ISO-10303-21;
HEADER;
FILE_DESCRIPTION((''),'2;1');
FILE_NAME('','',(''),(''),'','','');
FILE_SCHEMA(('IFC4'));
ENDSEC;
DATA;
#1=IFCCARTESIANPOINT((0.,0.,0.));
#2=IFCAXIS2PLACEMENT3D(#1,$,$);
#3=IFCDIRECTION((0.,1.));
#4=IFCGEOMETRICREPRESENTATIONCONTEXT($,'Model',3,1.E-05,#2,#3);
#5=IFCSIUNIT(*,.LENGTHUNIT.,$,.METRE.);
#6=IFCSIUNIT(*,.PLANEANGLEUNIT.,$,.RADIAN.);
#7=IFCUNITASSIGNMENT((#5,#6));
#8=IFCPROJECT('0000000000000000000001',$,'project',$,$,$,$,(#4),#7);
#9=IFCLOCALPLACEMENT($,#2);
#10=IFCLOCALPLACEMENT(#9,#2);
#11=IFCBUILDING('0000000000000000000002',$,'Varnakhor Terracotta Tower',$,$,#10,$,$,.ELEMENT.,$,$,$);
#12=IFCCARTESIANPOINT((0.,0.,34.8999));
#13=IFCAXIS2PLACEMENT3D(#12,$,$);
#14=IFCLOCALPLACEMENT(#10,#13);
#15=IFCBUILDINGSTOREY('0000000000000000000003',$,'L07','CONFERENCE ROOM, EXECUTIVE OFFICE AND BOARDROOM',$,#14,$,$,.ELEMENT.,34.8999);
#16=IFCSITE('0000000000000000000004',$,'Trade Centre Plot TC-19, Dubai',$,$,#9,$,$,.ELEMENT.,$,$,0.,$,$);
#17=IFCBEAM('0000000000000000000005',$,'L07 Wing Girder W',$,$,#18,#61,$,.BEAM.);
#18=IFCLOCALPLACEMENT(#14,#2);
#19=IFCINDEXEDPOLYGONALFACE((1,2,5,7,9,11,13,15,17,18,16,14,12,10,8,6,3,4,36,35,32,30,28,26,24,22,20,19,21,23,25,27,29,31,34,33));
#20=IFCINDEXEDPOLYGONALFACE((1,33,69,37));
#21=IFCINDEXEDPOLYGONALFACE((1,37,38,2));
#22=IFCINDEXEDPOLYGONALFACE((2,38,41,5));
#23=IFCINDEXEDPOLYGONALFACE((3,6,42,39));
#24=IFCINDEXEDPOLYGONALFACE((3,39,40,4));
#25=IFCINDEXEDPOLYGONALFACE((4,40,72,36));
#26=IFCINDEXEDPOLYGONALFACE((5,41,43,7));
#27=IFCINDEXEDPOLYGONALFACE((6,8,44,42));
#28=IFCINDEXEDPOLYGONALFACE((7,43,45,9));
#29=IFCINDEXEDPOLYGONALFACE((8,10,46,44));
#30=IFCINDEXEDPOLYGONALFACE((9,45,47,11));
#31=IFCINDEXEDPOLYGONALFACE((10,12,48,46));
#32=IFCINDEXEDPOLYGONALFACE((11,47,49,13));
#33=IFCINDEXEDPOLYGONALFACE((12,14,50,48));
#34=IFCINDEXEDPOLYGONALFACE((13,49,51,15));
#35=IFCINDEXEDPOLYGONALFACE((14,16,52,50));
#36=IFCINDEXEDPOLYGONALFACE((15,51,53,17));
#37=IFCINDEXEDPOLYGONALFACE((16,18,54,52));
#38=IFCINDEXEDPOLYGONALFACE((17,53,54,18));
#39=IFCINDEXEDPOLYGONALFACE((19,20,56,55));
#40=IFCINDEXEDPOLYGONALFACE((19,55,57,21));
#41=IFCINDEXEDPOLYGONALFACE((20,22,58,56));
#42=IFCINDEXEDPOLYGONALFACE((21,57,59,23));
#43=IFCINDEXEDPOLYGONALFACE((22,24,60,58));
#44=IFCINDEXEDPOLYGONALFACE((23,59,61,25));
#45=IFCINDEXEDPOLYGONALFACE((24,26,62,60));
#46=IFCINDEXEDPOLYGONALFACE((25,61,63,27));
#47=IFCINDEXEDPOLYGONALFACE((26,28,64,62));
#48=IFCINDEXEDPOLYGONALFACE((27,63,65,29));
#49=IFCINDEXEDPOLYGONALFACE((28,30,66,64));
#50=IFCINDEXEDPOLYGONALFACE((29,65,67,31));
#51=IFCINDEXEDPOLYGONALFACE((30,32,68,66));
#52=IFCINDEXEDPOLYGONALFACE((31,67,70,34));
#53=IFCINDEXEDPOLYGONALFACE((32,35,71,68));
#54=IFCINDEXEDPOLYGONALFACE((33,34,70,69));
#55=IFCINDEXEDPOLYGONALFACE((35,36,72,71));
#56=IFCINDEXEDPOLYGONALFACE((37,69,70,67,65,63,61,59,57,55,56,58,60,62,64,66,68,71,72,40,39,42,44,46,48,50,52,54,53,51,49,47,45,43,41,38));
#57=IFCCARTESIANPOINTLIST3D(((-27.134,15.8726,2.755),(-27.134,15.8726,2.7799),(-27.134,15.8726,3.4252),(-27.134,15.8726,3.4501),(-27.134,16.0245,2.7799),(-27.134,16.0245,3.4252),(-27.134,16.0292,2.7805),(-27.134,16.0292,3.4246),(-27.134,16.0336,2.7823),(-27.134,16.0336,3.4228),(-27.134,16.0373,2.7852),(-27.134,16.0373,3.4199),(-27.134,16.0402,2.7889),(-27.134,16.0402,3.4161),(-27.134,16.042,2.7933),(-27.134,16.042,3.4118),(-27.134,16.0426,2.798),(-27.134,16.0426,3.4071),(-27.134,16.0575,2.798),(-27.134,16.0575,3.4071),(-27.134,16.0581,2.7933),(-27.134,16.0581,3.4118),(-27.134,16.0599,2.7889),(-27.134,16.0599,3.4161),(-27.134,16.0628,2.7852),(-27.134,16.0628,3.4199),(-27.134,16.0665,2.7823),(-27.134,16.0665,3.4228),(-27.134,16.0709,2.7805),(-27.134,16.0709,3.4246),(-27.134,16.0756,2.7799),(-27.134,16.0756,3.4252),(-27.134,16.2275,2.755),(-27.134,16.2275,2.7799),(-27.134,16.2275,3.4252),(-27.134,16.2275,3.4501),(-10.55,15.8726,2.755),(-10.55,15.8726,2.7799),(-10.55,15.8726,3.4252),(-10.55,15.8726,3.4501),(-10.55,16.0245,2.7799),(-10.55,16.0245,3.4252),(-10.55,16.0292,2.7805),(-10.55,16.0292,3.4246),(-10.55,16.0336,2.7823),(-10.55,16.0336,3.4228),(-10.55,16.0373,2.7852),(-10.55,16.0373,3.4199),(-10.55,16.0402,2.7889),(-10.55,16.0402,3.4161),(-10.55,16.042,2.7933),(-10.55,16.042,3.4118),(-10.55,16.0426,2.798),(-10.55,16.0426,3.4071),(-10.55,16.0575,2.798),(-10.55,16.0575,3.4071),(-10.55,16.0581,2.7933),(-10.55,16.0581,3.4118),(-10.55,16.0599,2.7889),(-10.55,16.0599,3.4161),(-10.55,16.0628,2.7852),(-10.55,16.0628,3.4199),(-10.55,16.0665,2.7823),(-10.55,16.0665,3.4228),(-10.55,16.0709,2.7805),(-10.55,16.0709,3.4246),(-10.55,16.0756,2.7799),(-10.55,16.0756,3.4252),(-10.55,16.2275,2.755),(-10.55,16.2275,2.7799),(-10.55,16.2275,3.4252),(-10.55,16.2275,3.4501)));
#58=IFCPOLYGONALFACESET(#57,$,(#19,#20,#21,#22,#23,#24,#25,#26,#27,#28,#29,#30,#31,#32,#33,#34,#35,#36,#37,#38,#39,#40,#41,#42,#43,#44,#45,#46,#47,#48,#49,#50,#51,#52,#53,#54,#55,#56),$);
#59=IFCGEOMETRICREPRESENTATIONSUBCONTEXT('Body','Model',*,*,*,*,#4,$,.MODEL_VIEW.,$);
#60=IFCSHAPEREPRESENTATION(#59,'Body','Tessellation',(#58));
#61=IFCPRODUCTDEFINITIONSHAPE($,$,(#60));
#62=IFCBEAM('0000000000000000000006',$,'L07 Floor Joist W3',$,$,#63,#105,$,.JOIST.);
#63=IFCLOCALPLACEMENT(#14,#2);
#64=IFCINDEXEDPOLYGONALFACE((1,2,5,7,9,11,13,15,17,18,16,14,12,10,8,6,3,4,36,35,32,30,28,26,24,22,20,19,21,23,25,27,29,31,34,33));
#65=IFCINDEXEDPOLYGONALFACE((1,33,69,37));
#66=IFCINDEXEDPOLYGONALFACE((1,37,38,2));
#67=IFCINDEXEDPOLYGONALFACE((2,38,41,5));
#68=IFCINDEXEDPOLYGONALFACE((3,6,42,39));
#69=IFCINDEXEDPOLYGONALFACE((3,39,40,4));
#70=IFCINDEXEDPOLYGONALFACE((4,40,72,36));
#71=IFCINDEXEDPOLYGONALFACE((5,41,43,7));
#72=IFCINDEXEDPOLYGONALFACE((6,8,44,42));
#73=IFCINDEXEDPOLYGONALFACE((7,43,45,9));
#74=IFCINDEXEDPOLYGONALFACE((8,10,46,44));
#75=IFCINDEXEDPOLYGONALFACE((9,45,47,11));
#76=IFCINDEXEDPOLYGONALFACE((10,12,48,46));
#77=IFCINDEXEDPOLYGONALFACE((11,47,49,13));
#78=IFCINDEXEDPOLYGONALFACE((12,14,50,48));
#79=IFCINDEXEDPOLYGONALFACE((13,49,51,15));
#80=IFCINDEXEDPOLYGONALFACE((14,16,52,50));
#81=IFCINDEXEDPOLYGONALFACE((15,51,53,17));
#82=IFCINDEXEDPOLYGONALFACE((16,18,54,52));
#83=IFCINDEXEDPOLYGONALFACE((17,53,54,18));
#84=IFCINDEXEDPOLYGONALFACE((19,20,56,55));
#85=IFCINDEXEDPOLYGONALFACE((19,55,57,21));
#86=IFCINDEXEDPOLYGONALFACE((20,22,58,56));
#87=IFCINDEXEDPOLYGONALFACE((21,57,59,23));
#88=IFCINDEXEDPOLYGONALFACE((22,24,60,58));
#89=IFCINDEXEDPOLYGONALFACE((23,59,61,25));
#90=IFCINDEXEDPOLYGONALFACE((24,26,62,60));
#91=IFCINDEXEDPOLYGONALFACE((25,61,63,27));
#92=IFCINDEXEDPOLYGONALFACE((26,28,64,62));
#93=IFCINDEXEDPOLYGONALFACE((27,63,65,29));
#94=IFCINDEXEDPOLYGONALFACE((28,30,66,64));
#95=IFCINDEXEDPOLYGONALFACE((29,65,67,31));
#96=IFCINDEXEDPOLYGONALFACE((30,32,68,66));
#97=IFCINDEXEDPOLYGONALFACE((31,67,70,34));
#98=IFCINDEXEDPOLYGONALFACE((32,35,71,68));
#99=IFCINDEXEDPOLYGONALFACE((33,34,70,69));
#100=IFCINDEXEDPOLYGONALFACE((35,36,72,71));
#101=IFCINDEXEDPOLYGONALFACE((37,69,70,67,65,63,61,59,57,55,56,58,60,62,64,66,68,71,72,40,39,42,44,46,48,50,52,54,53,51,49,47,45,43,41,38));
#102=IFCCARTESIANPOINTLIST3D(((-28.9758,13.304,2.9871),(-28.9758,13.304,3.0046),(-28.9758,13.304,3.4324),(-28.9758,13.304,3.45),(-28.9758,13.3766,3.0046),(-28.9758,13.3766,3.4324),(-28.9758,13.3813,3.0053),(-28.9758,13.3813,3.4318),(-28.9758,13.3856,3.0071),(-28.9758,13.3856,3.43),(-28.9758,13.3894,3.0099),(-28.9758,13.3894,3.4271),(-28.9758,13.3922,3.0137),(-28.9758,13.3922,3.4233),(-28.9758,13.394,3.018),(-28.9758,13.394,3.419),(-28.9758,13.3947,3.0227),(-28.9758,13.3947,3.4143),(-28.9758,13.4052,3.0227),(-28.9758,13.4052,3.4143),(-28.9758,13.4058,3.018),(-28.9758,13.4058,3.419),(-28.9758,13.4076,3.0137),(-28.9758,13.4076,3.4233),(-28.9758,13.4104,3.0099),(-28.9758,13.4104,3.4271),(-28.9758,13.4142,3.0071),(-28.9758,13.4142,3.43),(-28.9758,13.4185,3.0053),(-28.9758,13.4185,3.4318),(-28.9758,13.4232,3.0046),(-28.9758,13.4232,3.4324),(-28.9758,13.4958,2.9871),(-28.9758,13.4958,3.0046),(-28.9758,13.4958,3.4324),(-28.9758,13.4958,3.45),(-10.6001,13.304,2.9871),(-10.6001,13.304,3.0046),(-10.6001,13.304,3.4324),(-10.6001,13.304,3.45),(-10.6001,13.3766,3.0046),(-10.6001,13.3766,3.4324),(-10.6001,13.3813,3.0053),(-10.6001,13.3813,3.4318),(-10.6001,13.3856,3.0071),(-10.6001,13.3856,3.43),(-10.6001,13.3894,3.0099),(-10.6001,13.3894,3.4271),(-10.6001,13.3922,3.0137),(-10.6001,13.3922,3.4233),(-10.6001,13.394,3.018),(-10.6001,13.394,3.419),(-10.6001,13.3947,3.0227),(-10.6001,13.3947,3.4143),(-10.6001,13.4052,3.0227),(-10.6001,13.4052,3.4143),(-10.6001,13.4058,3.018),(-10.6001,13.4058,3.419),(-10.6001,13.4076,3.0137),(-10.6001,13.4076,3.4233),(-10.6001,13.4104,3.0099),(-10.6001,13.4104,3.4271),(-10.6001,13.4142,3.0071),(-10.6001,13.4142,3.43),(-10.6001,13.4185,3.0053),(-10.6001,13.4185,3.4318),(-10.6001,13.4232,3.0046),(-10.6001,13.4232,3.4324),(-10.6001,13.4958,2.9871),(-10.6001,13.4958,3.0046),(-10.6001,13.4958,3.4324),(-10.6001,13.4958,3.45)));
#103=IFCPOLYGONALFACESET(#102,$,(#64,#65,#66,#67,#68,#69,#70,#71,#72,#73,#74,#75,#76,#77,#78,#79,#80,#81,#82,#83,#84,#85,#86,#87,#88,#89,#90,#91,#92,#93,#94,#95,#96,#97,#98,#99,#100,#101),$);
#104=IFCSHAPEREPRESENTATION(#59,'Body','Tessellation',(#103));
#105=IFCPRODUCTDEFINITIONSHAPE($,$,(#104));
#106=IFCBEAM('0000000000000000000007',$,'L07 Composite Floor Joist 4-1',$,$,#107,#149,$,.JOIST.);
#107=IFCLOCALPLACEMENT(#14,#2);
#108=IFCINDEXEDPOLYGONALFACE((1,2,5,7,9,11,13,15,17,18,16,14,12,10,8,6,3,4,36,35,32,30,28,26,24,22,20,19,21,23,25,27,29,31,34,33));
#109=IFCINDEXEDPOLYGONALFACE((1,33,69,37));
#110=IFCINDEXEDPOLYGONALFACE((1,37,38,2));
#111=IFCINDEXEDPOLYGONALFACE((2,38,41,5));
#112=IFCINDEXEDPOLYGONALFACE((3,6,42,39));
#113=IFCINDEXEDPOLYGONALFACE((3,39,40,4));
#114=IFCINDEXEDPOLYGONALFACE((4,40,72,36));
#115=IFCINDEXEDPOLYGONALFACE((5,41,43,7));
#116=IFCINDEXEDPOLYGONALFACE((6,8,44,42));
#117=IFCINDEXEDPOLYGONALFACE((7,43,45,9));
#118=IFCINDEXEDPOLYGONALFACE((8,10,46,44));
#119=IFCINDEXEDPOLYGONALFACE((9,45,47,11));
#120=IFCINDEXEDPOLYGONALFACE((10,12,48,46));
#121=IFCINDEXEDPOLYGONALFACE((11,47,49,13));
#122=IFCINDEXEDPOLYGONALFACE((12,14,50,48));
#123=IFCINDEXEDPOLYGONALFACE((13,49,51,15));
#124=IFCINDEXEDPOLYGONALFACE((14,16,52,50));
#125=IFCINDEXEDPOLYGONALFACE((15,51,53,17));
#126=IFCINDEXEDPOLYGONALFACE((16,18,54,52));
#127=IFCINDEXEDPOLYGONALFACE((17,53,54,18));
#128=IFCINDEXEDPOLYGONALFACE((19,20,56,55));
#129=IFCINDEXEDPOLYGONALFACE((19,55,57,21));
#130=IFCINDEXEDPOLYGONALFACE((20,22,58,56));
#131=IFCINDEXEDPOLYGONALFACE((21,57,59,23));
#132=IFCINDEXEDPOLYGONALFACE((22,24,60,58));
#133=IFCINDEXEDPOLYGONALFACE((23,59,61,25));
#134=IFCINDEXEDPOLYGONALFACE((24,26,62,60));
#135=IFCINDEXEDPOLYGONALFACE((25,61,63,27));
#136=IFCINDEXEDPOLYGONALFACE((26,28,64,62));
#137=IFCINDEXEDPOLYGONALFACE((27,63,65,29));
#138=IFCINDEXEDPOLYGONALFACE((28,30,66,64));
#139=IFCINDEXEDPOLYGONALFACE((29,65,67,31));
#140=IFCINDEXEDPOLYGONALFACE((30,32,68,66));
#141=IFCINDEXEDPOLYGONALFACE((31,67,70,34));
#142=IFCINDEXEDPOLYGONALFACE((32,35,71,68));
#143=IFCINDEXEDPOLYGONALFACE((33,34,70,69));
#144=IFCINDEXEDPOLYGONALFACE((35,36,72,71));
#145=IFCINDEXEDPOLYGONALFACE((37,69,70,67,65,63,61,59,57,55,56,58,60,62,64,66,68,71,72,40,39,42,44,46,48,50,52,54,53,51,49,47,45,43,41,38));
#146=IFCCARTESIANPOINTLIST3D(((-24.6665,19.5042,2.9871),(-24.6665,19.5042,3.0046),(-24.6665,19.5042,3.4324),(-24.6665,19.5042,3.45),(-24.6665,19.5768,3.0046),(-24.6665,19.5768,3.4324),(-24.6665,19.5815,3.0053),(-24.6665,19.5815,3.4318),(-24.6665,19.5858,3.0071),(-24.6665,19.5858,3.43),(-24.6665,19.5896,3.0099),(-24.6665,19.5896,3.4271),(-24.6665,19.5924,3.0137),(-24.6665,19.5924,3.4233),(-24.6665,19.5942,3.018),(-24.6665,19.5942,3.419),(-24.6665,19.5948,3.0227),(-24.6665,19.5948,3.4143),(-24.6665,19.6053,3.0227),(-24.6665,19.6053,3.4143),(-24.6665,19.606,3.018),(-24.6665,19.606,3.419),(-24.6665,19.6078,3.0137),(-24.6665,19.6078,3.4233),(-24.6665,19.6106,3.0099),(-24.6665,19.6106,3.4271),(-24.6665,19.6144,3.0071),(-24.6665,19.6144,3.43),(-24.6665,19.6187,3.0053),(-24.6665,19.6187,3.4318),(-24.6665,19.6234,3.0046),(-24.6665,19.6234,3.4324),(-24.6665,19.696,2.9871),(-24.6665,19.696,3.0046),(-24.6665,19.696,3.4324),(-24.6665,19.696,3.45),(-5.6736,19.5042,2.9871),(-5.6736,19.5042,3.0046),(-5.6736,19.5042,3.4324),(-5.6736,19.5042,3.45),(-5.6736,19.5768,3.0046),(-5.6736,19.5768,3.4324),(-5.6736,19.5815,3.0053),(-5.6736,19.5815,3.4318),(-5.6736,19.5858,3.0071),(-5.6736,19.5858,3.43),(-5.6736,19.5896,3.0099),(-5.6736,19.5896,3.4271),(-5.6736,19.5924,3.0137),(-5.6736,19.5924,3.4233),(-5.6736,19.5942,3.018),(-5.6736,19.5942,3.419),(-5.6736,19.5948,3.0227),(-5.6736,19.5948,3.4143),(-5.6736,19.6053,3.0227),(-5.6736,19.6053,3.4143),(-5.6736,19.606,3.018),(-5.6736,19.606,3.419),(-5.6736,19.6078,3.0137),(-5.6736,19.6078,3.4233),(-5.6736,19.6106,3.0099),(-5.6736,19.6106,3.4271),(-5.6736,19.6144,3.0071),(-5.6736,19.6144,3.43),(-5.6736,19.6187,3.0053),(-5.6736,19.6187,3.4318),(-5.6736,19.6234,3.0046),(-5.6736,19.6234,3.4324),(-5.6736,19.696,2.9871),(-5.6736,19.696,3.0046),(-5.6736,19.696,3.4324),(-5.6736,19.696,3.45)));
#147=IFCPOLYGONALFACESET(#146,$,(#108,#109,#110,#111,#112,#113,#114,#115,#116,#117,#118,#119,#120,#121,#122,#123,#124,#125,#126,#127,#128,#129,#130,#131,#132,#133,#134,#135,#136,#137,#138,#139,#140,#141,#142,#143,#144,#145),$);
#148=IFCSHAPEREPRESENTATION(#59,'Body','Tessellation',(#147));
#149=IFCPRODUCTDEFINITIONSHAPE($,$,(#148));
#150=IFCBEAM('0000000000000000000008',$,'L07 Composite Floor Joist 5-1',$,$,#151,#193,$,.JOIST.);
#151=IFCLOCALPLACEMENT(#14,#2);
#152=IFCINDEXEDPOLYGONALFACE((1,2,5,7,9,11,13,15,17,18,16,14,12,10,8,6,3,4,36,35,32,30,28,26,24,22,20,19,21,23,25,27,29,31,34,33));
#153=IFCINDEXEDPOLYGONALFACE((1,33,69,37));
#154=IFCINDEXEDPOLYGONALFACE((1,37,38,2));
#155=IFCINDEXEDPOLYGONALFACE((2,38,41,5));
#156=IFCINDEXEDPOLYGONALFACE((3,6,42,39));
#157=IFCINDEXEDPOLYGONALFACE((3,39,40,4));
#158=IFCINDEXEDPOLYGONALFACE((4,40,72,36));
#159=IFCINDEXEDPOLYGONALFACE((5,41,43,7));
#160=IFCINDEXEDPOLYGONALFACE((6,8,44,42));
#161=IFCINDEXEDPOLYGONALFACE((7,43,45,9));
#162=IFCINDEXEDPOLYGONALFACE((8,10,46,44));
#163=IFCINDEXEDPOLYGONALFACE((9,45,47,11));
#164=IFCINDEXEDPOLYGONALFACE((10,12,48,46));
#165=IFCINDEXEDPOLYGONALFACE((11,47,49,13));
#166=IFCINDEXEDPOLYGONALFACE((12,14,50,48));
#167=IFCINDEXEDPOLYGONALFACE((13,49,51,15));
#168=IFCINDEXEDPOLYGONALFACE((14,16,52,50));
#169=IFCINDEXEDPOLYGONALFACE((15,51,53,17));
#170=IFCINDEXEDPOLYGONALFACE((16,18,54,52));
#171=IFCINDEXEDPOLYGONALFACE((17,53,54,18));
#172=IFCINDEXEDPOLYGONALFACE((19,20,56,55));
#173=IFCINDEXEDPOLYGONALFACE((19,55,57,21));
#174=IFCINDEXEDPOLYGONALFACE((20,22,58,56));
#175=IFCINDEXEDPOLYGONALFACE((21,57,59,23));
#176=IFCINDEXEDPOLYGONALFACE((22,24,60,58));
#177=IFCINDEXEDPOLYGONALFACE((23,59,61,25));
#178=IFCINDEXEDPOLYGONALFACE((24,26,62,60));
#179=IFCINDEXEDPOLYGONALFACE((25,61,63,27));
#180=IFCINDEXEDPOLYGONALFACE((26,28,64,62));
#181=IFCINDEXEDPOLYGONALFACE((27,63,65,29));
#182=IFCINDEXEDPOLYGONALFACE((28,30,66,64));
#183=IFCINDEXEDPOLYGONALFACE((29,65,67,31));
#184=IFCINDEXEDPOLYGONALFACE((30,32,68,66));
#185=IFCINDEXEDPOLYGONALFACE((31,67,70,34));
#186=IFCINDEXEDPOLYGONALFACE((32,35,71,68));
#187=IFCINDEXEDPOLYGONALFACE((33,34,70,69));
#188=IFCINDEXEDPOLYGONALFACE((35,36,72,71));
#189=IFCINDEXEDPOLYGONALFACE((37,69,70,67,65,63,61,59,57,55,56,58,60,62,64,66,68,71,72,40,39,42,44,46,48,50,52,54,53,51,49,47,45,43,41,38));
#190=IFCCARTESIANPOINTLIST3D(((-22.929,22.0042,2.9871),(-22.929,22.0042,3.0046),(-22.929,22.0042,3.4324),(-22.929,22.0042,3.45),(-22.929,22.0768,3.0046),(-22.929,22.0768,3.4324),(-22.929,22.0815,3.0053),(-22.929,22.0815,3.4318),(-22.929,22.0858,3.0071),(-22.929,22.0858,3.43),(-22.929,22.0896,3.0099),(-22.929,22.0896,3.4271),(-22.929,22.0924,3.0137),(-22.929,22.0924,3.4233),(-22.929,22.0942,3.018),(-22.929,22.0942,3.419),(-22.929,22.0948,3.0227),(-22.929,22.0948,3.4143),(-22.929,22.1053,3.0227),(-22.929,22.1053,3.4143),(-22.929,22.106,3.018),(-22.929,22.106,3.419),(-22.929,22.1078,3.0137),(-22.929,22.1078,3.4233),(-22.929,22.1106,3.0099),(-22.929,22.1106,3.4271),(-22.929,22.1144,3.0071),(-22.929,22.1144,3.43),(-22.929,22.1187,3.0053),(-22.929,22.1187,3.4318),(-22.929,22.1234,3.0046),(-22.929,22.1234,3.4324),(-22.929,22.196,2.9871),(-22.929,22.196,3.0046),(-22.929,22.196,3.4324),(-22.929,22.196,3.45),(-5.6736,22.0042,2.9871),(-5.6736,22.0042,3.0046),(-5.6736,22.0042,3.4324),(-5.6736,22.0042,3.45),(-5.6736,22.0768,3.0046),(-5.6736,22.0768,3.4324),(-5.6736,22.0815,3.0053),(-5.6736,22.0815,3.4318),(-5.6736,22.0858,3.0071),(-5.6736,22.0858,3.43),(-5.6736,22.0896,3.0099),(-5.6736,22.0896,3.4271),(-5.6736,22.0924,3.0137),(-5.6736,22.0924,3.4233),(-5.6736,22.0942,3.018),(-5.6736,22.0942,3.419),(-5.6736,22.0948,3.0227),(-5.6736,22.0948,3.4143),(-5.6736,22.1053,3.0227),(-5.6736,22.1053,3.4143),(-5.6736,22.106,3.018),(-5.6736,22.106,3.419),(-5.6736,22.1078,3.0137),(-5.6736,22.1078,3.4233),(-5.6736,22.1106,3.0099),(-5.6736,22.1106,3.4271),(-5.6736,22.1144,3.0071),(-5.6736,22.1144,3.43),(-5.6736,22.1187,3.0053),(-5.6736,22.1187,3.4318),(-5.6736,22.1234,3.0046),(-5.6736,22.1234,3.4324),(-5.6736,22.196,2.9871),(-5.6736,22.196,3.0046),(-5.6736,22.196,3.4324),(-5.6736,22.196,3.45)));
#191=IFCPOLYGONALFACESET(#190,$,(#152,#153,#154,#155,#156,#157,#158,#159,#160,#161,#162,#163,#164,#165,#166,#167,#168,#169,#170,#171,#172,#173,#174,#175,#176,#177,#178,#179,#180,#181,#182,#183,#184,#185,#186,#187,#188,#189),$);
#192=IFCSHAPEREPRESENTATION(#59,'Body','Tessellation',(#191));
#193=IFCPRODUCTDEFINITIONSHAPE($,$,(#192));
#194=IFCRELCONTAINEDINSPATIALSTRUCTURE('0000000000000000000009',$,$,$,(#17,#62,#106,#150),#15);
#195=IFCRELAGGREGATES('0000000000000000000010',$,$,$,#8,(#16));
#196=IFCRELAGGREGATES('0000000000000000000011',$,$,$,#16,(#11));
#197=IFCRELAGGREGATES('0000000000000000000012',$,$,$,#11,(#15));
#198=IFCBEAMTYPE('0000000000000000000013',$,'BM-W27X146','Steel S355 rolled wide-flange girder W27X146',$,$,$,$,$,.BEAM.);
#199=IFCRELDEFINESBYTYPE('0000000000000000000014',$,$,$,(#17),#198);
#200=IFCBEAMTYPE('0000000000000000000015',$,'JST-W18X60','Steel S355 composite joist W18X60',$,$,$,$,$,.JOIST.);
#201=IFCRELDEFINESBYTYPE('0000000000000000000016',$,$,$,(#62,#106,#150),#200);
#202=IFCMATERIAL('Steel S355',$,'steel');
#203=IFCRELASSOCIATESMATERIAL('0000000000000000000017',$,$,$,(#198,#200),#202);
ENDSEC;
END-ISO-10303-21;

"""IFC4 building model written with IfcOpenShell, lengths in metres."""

from ifc_helpers import new_model, si_unit, direction, frame, origin, origin_2d, place, context, subcontext, project, spatial, i_section, extrude, source, transform, mapped, material, material_profile, profile_set, type_object, element, save


model = new_model("IFC4")

# Units and contexts
model_context = context("Model", 3, precision=1e-05, world=origin(), true_north=direction((0.0, 1.0)))
body_context = subcontext(model_context, "Body", "Model", "MODEL_VIEW")
ifc_project = project(units=[si_unit("LENGTHUNIT", "METRE"), si_unit("PLANEANGLEUNIT", "RADIAN")], contexts=[model_context])

# Site, building, storey
site_placement = place(None, origin())
site = spatial("IfcSite", under=ifc_project, at=site_placement, Name="Trade Centre Plot TC-19, Dubai", CompositionType="ELEMENT", RefElevation=0.0)
building_placement = place(site_placement, origin())
building = spatial("IfcBuilding", under=site, at=building_placement, Name="Varnakhor Terracotta Tower", CompositionType="ELEMENT")
storey_placement = place(building_placement, frame((0.0, 0.0, 34.8999)))
storey = spatial("IfcBuildingStorey", under=building, at=storey_placement, Name="L07", Description="CONFERENCE ROOM, EXECUTIVE OFFICE AND BOARDROOM", CompositionType="ELEMENT", Elevation=34.8999)

# Beams
ifc_material_1 = material(Name="Steel S355", Category="steel")
ifc_material_profile_1 = material_profile(ifc_material_1, i_section(OverallWidth=0.355, OverallDepth=0.6951, WebThickness=0.0149, FlangeThickness=0.0249, FilletRadius=0.0181, at=origin_2d()), Name="W27X146")
ifc_profile_set_1 = profile_set([ifc_material_profile_1], Name="Steel S355")
beam_type_1 = type_object("IfcBeamType", Name="BM-W27X146", Description="Steel S355 rolled wide-flange girder W27X146", PredefinedType="BEAM", material=ifc_profile_set_1)
shared_shape_1 = source(origin(), body_context, "Body", "SweptSolid", [
    extrude(i_section(OverallWidth=0.355, OverallDepth=0.6951, WebThickness=0.0149, FlangeThickness=0.0249, FilletRadius=0.0181, at=origin_2d()), origin(), (0.0, 0.0, 1.0), 16.584),
])
beam_1_placement = place(storey_placement, frame((-27.134, 16.05, 3.1025), z_axis=(1.0, 0.0, 0.0), x_axis=(0.0, 1.0, 0.0)))
element("IfcBeam", 1, at=beam_1_placement, inside=storey, type_object=beam_type_1, Name="L07 Wing Girder W", PredefinedType="BEAM", context=body_context, shape_type="MappedRepresentation", body=[
    mapped(shared_shape_1, transform((0.0, 0.0, 0.0), scale=1.0)),
])
ifc_material_profile_2 = material_profile(ifc_material_1, i_section(OverallWidth=0.1919, OverallDepth=0.4629, WebThickness=0.0105, FlangeThickness=0.0176, FilletRadius=0.0181, at=origin_2d()), Name="W18X60")
ifc_profile_set_2 = profile_set([ifc_material_profile_2], Name="Steel S355")
beam_type_2 = type_object("IfcBeamType", Name="JST-W18X60", Description="Steel S355 composite joist W18X60", PredefinedType="JOIST", material=ifc_profile_set_2)
shared_shape_2 = source(origin(), body_context, "Body", "SweptSolid", [
    extrude(i_section(OverallWidth=0.1919, OverallDepth=0.4629, WebThickness=0.0105, FlangeThickness=0.0176, FilletRadius=0.0181, at=origin_2d()), origin(), (0.0, 0.0, 1.0), 18.3757),
])
beam_2_placement = place(storey_placement, frame((-28.9758, 13.3999, 3.2185), z_axis=(1.0, 0.0, 0.0), x_axis=(0.0, 1.0, 0.0)))
element("IfcBeam", 2, at=beam_2_placement, inside=storey, type_object=beam_type_2, Name="L07 Floor Joist W3", PredefinedType="JOIST", context=body_context, shape_type="MappedRepresentation", body=[
    mapped(shared_shape_2, transform((0.0, 0.0, 0.0), scale=1.0)),
])
shared_shape_3 = source(origin(), body_context, "Body", "SweptSolid", [
    extrude(i_section(OverallWidth=0.1919, OverallDepth=0.4629, WebThickness=0.0105, FlangeThickness=0.0176, FilletRadius=0.0181, at=origin_2d()), origin(), (0.0, 0.0, 1.0), 18.9929),
])
beam_3_placement = place(storey_placement, frame((-24.6665, 19.6001, 3.2185), z_axis=(1.0, 0.0, 0.0), x_axis=(0.0, 1.0, 0.0)))
element("IfcBeam", 3, at=beam_3_placement, inside=storey, type_object=beam_type_2, Name="L07 Composite Floor Joist 4-1", PredefinedType="JOIST", context=body_context, shape_type="MappedRepresentation", body=[
    mapped(shared_shape_3, transform((0.0, 0.0, 0.0), scale=1.0)),
])
shared_shape_4 = source(origin(), body_context, "Body", "SweptSolid", [
    extrude(i_section(OverallWidth=0.1919, OverallDepth=0.4629, WebThickness=0.0105, FlangeThickness=0.0176, FilletRadius=0.0181, at=origin_2d()), origin(), (0.0, 0.0, 1.0), 17.2554),
])
beam_4_placement = place(storey_placement, frame((-22.929, 22.1001, 3.2185), z_axis=(1.0, 0.0, 0.0), x_axis=(0.0, 1.0, 0.0)))
element("IfcBeam", 4, at=beam_4_placement, inside=storey, type_object=beam_type_2, Name="L07 Composite Floor Joist 5-1", PredefinedType="JOIST", context=body_context, shape_type="MappedRepresentation", body=[
    mapped(shared_shape_4, transform((0.0, 0.0, 0.0), scale=1.0)),
])

save(model, "model.ifc")
